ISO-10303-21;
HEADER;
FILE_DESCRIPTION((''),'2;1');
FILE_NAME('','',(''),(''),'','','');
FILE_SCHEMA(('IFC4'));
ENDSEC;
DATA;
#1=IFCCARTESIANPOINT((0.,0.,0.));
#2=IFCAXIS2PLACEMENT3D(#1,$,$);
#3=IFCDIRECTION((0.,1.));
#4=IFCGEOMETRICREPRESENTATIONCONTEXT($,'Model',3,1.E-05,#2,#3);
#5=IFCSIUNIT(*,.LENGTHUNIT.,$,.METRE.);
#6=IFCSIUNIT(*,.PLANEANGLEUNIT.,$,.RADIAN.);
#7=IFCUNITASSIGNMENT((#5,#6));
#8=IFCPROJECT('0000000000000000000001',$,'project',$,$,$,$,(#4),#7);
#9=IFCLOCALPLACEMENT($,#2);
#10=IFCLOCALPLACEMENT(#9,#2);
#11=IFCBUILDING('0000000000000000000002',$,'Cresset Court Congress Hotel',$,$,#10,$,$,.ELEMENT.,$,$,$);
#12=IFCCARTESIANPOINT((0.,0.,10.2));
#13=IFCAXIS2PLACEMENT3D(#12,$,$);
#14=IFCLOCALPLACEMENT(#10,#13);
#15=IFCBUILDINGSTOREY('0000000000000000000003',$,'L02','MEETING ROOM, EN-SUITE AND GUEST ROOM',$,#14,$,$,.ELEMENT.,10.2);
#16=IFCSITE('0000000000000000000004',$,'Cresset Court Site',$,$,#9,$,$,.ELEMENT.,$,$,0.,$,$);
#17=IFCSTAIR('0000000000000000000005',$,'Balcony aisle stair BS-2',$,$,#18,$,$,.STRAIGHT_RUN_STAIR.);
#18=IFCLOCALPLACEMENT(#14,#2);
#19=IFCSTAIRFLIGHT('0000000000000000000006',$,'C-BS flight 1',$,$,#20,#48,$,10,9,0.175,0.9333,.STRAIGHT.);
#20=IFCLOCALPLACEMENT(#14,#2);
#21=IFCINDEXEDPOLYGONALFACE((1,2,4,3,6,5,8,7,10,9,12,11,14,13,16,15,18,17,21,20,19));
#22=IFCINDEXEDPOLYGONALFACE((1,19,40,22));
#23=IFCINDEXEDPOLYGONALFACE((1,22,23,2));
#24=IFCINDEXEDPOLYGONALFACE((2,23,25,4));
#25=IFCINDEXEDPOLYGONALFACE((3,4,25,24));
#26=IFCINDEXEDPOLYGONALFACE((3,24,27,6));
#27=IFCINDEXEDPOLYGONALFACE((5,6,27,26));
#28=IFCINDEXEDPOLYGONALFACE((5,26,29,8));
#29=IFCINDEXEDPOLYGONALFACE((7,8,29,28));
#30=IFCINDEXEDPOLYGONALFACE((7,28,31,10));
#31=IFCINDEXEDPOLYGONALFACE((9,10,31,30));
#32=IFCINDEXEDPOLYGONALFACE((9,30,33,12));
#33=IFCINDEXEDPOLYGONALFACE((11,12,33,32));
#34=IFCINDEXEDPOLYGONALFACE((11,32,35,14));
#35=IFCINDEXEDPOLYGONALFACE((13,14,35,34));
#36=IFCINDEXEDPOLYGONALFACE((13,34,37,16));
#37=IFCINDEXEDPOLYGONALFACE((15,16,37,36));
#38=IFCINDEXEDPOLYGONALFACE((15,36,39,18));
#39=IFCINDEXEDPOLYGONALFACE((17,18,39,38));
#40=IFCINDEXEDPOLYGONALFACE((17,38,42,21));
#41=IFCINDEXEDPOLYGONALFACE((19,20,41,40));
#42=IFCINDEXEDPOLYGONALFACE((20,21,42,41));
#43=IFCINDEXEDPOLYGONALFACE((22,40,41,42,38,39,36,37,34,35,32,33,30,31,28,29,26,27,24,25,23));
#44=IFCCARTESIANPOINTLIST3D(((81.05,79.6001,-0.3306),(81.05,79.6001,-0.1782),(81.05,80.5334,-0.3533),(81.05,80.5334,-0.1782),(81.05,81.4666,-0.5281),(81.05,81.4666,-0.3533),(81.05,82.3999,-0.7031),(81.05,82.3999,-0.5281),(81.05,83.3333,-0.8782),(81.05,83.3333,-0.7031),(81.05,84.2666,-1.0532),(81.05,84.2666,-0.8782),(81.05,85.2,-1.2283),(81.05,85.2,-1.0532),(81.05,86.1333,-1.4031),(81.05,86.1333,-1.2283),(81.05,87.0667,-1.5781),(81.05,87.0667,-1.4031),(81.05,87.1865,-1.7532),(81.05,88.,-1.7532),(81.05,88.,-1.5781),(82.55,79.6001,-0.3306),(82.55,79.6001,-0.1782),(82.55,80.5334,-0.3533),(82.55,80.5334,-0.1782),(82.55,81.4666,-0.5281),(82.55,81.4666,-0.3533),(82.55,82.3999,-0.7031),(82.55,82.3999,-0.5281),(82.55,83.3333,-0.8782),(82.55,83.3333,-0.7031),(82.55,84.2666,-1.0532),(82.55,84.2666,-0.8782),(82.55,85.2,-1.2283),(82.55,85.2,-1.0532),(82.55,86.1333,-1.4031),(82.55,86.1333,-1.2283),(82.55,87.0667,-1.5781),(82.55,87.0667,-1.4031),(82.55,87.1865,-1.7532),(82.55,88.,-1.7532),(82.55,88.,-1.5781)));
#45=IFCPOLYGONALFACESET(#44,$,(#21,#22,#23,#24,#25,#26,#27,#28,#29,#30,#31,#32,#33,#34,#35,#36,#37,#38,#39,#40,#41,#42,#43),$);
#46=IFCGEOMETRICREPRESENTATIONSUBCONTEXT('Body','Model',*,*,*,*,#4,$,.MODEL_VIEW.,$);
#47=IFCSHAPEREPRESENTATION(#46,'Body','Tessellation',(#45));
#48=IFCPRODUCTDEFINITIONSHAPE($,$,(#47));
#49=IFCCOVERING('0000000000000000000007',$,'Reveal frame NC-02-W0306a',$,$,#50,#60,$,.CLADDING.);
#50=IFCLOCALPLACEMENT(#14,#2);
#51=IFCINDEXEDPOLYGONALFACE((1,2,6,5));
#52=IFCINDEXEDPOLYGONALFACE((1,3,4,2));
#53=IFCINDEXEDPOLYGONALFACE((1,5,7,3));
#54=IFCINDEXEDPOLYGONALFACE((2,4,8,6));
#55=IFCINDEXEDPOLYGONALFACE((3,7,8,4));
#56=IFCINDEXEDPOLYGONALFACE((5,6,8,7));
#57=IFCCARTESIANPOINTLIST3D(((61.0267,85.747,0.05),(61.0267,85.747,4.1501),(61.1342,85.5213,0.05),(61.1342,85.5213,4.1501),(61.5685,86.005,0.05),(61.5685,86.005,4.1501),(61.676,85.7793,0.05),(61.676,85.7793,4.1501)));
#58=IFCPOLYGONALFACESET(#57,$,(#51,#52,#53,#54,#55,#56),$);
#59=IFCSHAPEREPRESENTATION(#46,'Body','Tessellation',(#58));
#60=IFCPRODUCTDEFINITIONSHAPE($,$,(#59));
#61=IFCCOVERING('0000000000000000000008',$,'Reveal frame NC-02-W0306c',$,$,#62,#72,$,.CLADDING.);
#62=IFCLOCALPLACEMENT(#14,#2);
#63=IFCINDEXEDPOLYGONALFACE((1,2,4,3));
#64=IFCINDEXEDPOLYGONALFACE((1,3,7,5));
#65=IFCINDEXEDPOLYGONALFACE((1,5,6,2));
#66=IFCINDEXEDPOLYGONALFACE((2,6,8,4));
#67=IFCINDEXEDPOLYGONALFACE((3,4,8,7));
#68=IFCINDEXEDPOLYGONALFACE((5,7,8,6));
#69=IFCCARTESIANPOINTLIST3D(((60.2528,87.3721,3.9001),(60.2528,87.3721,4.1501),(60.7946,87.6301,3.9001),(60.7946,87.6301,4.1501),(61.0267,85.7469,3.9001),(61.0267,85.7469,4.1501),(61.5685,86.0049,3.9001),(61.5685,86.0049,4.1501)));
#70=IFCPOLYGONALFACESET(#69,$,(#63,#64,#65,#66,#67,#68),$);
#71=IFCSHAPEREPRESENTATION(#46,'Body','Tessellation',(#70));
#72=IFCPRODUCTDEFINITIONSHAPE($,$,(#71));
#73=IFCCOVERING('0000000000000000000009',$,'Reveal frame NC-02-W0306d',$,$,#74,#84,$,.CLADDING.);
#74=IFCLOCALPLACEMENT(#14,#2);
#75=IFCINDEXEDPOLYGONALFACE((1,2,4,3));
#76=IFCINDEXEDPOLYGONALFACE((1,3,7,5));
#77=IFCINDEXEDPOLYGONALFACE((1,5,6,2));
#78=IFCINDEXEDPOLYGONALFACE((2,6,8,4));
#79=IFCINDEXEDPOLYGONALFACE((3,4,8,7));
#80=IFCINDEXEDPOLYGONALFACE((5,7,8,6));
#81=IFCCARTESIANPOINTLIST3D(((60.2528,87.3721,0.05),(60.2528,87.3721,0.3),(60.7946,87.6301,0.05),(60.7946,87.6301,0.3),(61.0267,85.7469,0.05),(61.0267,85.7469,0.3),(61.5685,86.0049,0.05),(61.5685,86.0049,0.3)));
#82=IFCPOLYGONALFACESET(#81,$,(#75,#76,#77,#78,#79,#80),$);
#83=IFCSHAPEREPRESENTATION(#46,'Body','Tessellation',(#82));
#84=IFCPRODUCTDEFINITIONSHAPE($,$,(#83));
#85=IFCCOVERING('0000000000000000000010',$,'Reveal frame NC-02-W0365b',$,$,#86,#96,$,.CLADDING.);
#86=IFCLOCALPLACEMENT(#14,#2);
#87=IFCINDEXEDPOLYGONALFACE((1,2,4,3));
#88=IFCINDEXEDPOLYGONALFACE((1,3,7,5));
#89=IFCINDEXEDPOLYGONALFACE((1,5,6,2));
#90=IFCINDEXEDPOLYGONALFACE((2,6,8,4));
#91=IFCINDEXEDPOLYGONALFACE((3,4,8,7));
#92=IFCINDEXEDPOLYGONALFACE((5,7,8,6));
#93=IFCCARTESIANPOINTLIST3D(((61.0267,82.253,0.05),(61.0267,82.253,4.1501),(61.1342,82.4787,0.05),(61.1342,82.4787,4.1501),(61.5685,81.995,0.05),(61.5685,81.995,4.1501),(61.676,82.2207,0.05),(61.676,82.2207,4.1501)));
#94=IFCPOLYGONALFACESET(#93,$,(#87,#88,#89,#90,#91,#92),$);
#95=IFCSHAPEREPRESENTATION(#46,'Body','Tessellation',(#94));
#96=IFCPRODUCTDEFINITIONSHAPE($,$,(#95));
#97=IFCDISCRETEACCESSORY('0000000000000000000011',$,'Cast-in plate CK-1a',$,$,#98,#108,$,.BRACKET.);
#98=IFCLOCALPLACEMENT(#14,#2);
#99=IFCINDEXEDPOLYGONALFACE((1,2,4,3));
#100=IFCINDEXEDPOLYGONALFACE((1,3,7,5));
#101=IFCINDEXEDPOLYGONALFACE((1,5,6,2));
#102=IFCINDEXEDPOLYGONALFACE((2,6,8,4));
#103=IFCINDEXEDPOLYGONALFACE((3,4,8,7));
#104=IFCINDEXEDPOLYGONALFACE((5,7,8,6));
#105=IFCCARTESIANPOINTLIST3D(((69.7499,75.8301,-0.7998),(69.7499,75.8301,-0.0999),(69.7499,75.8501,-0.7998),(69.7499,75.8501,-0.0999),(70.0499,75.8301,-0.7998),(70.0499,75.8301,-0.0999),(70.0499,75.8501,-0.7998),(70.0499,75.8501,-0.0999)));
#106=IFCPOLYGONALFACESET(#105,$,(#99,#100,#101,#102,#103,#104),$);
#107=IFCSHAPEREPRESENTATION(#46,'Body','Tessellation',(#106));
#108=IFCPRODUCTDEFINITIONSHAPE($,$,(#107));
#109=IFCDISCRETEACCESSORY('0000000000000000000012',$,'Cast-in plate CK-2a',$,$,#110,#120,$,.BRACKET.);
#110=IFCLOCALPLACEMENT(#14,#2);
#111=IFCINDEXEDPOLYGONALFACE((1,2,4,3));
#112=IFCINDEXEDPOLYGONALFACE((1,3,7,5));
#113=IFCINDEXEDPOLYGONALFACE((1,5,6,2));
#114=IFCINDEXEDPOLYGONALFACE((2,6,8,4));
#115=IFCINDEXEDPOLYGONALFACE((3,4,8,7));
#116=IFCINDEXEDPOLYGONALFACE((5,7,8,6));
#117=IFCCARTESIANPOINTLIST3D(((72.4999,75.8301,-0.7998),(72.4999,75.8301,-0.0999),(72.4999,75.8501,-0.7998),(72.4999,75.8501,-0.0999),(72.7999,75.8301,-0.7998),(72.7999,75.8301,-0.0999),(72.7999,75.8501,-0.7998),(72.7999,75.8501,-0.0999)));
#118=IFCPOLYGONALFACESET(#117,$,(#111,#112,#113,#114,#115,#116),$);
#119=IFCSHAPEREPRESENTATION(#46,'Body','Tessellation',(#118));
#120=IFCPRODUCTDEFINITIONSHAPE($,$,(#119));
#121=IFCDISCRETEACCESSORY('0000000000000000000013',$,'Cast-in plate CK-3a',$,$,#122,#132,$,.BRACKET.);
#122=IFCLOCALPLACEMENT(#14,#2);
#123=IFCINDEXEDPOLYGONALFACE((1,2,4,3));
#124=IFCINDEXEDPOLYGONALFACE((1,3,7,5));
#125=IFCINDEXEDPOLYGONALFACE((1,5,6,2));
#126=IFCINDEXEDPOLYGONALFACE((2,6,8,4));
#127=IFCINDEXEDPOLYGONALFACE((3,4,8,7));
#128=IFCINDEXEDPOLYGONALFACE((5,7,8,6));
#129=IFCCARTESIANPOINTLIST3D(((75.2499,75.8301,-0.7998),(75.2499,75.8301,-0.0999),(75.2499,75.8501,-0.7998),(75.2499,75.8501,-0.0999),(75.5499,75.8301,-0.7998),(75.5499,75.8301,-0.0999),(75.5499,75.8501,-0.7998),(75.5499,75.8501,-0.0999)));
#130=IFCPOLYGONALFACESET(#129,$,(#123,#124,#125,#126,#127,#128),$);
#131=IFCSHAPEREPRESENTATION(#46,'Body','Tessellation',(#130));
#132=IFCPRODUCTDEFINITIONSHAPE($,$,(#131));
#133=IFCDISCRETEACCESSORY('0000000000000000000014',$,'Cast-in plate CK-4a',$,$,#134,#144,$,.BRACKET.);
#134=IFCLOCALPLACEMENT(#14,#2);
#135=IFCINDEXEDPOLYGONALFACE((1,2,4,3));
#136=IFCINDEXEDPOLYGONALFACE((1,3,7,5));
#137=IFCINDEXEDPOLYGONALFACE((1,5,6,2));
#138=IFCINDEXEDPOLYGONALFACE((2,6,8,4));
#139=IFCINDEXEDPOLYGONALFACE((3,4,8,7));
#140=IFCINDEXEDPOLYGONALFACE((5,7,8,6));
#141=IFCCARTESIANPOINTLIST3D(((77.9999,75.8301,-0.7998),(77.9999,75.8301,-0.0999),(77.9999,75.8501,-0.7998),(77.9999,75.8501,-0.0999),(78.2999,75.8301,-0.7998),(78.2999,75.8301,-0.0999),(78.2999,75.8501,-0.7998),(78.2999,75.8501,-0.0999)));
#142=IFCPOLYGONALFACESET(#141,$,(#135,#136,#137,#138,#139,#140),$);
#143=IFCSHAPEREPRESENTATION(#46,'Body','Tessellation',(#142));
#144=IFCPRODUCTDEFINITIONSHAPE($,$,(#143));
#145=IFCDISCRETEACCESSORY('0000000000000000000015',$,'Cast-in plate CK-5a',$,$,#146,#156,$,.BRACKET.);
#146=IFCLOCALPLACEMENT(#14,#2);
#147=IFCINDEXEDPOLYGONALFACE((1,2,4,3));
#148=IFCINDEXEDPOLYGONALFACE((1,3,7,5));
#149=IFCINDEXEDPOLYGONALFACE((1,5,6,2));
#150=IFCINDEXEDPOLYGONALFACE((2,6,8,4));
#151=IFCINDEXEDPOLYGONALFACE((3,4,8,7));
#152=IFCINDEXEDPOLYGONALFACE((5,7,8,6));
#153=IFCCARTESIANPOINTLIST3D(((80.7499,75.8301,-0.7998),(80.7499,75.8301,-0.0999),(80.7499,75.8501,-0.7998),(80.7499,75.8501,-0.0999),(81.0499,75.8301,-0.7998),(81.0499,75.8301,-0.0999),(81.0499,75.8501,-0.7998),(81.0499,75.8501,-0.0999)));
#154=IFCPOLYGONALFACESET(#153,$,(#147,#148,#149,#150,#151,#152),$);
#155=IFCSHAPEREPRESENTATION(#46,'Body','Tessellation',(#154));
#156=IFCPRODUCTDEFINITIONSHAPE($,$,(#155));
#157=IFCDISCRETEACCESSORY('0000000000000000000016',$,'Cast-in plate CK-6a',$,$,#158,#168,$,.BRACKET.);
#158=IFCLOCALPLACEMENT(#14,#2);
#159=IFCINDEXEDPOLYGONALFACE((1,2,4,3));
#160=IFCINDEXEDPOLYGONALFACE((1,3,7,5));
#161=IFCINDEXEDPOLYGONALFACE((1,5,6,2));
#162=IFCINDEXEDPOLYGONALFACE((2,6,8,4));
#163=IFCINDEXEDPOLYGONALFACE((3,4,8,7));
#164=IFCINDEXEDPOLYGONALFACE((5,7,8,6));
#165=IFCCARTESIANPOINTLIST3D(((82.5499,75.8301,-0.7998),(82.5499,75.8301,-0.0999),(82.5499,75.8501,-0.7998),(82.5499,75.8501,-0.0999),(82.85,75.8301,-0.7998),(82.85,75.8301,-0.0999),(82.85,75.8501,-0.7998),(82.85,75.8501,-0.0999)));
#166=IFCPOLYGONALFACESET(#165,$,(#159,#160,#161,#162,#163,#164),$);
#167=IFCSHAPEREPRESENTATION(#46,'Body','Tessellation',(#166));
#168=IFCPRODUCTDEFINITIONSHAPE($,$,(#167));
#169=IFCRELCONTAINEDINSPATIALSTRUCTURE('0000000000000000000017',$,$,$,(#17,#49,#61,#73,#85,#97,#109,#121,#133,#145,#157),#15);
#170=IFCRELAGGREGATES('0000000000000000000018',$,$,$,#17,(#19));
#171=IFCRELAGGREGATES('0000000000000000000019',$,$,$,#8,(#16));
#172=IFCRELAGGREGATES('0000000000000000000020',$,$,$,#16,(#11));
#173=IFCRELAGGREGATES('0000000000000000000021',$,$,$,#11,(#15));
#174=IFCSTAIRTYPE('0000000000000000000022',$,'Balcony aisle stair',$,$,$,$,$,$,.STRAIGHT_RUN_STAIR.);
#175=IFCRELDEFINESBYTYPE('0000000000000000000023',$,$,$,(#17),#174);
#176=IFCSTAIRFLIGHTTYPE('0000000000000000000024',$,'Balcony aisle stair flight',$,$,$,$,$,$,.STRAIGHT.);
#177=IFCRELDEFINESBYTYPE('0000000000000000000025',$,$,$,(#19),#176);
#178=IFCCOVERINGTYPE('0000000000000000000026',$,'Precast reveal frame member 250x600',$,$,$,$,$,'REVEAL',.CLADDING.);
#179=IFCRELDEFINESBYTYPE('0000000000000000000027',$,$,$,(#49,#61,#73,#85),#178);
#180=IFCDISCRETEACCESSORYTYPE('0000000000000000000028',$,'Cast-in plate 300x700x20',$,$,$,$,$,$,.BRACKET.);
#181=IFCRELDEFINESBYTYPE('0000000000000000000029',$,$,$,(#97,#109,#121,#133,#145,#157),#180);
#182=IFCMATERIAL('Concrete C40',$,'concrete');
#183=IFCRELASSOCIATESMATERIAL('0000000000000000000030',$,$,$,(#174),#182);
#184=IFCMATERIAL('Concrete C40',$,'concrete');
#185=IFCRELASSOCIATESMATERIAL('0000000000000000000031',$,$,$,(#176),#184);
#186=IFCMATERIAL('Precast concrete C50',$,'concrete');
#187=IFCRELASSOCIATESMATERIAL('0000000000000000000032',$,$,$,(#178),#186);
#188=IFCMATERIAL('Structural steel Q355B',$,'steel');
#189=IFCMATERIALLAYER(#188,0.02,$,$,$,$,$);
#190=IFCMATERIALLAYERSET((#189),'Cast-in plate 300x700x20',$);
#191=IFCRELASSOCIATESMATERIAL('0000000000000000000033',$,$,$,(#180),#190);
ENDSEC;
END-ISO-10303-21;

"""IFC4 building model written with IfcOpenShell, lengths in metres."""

from ifc_helpers import new_model, si_unit, direction, frame, origin, origin_2d, place, context, subcontext, project, spatial, polyline, rectangle, outline, extrude, material, layer, layer_set, type_object, element, aggregate, save


model = new_model("IFC4")

# Units and contexts
model_context = context("Model", 3, precision=1e-05, world=origin(), true_north=direction((0.0, 1.0)))
body_context = subcontext(model_context, "Body", "Model", "MODEL_VIEW")
ifc_project = project(units=[si_unit("LENGTHUNIT", "METRE"), si_unit("PLANEANGLEUNIT", "RADIAN")], contexts=[model_context])

# Site, building, storey
site_placement = place(None, origin())
site = spatial("IfcSite", under=ifc_project, at=site_placement, Name="Cresset Court Site", CompositionType="ELEMENT", RefElevation=0.0)
building_placement = place(site_placement, origin())
building = spatial("IfcBuilding", under=site, at=building_placement, Name="Cresset Court Congress Hotel", CompositionType="ELEMENT")
storey_placement = place(building_placement, frame((0.0, 0.0, 10.2)))
storey = spatial("IfcBuildingStorey", under=building, at=storey_placement, Name="L02", Description="MEETING ROOM, EN-SUITE AND GUEST ROOM", CompositionType="ELEMENT", Elevation=10.2)

# Stair, stair flight
ifc_material_1 = material(Name="Concrete C40", Category="concrete")
stair_type = type_object("IfcStairType", Name="Balcony aisle stair", PredefinedType="STRAIGHT_RUN_STAIR", material=ifc_material_1)
ifc_material_2 = material(Name="Concrete C40", Category="concrete")
stair_flight_type = type_object("IfcStairFlightType", Name="Balcony aisle stair flight", PredefinedType="STRAIGHT", material=ifc_material_2)
stair_1_placement = place(storey_placement, origin())
stair_1 = element("IfcStair", 1, at=stair_1_placement, inside=storey, type_object=stair_type, Name="Balcony aisle stair BS-2", PredefinedType="STRAIGHT_RUN_STAIR")
stair_flight_1_placement = place(storey_placement, frame((81.8, 88.0, -1.7532), z_axis=(0.0, 0.0, 1.0), x_axis=(0.0, -1.0, 0.0)))
stair_flight_1 = element("IfcStairFlight", 2, at=stair_flight_1_placement, type_object=stair_flight_type, Name="C-BS flight 1", NumberOfRisers=10, NumberOfTreads=9, PredefinedType="STRAIGHT", RiserHeight=0.175, TreadLength=0.9333, context=body_context, shape_type="SweptSolid", body=[
    extrude(outline(polyline([(0.0, 0.0), (0.0, 0.175), (0.9333, 0.175), (0.9333, 0.3501), (1.8667, 0.3501), (1.8667, 0.5249), (2.8, 0.5249), (2.8, 0.7), (3.7334, 0.7), (3.7334, 0.875), (4.6667, 0.875), (4.6667, 1.05), (5.6001, 1.05), (5.6001, 1.2251), (6.5334, 1.2251), (6.5334, 1.3999), (7.4666, 1.3999), (7.4666, 1.575), (8.3999, 1.575), (8.3999, 1.75), (8.3999, 1.4226), (0.8135, 0.0), (0.0, 0.0)])), frame((0.0, 0.75, 0.0), z_axis=(0.0, -1.0, 0.0), x_axis=(1.0, 0.0, 0.0)), (0.0, 0.0, 1.0), 1.5),
])
aggregate(stair_1, [stair_flight_1])

# Coverings
ifc_material_3 = material(Name="Precast concrete C50", Category="concrete")
covering_type = type_object("IfcCoveringType", Name="Precast reveal frame member 250x600", ElementType="REVEAL", PredefinedType="CLADDING", material=ifc_material_3)
covering_1_placement = place(storey_placement, frame((61.3513, 85.7632, 0.05), z_axis=(0.0, 0.0, 1.0), x_axis=(-0.429933, 0.902861, 0.0)))
element("IfcCovering", 3, at=covering_1_placement, inside=storey, type_object=covering_type, Name="Reveal frame NC-02-W0306a", PredefinedType="CLADDING", context=body_context, shape_type="SweptSolid", body=[
    extrude(rectangle(XDim=0.25, YDim=0.6001, at=origin_2d()), origin(), (0.0, 0.0, 1.0), 4.1001),
])
for number, where, z_axis, x_axis, name in (
    (4, (60.9106, 86.6885, 3.9001), (0.0, 0.0, 1.0), (-0.429933, 0.902861, 0.0), "Reveal frame NC-02-W0306c"),
    (5, (60.9106, 86.6885, 0.05), (0.0, 0.0, 1.0), (-0.429933, 0.902861, 0.0), "Reveal frame NC-02-W0306d"),
):
    element("IfcCovering", number, at=place(storey_placement, frame(where, z_axis=z_axis, x_axis=x_axis)), inside=storey, type_object=covering_type, Name=name, PredefinedType="CLADDING", context=body_context, shape_type="SweptSolid", body=[
        extrude(rectangle(XDim=1.8, YDim=0.6001, at=origin_2d()), origin(), (0.0, 0.0, 1.0), 0.25),
    ])
covering_2_placement = place(storey_placement, frame((61.3513, 82.2368, 0.05), z_axis=(0.0, 0.0, 1.0), x_axis=(0.429933, 0.902861, 0.0)))
element("IfcCovering", 6, at=covering_2_placement, inside=storey, type_object=covering_type, Name="Reveal frame NC-02-W0365b", PredefinedType="CLADDING", context=body_context, shape_type="SweptSolid", body=[
    extrude(rectangle(XDim=0.25, YDim=0.6001, at=origin_2d()), origin(), (0.0, 0.0, 1.0), 4.1001),
])

# Discrete accessories
ifc_material_4 = material(Name="Structural steel Q355B", Category="steel")
ifc_layer_1 = layer(ifc_material_4, 0.02)
ifc_layer_set_1 = layer_set([ifc_layer_1], Name="Cast-in plate 300x700x20")
discrete_accessory_type = type_object("IfcDiscreteAccessoryType", Name="Cast-in plate 300x700x20", PredefinedType="BRACKET", material=ifc_layer_set_1)
for number, where, z_axis, x_axis, name in (
    (7, (69.8999, 75.8401, -0.7998), (0.0, 0.0, 1.0), (1.0, 0.0, 0.0), "Cast-in plate CK-1a"),
    (8, (72.6499, 75.8401, -0.7998), (0.0, 0.0, 1.0), (1.0, 0.0, 0.0), "Cast-in plate CK-2a"),
    (9, (75.3999, 75.8401, -0.7998), (0.0, 0.0, 1.0), (1.0, 0.0, 0.0), "Cast-in plate CK-3a"),
    (10, (78.1499, 75.8401, -0.7998), (0.0, 0.0, 1.0), (1.0, 0.0, 0.0), "Cast-in plate CK-4a"),
    (11, (80.8999, 75.8401, -0.7998), (0.0, 0.0, 1.0), (1.0, 0.0, 0.0), "Cast-in plate CK-5a"),
    (12, (82.7, 75.8401, -0.7998), (0.0, 0.0, 1.0), (1.0, 0.0, 0.0), "Cast-in plate CK-6a"),
):
    element("IfcDiscreteAccessory", number, at=place(storey_placement, frame(where, z_axis=z_axis, x_axis=x_axis)), inside=storey, type_object=discrete_accessory_type, Name=name, PredefinedType="BRACKET", context=body_context, shape_type="SweptSolid", body=[
        extrude(rectangle(XDim=0.3, YDim=0.02, at=origin_2d()), origin(), (0.0, 0.0, 1.0), 0.7),
    ])

save(model, "model.ifc")
